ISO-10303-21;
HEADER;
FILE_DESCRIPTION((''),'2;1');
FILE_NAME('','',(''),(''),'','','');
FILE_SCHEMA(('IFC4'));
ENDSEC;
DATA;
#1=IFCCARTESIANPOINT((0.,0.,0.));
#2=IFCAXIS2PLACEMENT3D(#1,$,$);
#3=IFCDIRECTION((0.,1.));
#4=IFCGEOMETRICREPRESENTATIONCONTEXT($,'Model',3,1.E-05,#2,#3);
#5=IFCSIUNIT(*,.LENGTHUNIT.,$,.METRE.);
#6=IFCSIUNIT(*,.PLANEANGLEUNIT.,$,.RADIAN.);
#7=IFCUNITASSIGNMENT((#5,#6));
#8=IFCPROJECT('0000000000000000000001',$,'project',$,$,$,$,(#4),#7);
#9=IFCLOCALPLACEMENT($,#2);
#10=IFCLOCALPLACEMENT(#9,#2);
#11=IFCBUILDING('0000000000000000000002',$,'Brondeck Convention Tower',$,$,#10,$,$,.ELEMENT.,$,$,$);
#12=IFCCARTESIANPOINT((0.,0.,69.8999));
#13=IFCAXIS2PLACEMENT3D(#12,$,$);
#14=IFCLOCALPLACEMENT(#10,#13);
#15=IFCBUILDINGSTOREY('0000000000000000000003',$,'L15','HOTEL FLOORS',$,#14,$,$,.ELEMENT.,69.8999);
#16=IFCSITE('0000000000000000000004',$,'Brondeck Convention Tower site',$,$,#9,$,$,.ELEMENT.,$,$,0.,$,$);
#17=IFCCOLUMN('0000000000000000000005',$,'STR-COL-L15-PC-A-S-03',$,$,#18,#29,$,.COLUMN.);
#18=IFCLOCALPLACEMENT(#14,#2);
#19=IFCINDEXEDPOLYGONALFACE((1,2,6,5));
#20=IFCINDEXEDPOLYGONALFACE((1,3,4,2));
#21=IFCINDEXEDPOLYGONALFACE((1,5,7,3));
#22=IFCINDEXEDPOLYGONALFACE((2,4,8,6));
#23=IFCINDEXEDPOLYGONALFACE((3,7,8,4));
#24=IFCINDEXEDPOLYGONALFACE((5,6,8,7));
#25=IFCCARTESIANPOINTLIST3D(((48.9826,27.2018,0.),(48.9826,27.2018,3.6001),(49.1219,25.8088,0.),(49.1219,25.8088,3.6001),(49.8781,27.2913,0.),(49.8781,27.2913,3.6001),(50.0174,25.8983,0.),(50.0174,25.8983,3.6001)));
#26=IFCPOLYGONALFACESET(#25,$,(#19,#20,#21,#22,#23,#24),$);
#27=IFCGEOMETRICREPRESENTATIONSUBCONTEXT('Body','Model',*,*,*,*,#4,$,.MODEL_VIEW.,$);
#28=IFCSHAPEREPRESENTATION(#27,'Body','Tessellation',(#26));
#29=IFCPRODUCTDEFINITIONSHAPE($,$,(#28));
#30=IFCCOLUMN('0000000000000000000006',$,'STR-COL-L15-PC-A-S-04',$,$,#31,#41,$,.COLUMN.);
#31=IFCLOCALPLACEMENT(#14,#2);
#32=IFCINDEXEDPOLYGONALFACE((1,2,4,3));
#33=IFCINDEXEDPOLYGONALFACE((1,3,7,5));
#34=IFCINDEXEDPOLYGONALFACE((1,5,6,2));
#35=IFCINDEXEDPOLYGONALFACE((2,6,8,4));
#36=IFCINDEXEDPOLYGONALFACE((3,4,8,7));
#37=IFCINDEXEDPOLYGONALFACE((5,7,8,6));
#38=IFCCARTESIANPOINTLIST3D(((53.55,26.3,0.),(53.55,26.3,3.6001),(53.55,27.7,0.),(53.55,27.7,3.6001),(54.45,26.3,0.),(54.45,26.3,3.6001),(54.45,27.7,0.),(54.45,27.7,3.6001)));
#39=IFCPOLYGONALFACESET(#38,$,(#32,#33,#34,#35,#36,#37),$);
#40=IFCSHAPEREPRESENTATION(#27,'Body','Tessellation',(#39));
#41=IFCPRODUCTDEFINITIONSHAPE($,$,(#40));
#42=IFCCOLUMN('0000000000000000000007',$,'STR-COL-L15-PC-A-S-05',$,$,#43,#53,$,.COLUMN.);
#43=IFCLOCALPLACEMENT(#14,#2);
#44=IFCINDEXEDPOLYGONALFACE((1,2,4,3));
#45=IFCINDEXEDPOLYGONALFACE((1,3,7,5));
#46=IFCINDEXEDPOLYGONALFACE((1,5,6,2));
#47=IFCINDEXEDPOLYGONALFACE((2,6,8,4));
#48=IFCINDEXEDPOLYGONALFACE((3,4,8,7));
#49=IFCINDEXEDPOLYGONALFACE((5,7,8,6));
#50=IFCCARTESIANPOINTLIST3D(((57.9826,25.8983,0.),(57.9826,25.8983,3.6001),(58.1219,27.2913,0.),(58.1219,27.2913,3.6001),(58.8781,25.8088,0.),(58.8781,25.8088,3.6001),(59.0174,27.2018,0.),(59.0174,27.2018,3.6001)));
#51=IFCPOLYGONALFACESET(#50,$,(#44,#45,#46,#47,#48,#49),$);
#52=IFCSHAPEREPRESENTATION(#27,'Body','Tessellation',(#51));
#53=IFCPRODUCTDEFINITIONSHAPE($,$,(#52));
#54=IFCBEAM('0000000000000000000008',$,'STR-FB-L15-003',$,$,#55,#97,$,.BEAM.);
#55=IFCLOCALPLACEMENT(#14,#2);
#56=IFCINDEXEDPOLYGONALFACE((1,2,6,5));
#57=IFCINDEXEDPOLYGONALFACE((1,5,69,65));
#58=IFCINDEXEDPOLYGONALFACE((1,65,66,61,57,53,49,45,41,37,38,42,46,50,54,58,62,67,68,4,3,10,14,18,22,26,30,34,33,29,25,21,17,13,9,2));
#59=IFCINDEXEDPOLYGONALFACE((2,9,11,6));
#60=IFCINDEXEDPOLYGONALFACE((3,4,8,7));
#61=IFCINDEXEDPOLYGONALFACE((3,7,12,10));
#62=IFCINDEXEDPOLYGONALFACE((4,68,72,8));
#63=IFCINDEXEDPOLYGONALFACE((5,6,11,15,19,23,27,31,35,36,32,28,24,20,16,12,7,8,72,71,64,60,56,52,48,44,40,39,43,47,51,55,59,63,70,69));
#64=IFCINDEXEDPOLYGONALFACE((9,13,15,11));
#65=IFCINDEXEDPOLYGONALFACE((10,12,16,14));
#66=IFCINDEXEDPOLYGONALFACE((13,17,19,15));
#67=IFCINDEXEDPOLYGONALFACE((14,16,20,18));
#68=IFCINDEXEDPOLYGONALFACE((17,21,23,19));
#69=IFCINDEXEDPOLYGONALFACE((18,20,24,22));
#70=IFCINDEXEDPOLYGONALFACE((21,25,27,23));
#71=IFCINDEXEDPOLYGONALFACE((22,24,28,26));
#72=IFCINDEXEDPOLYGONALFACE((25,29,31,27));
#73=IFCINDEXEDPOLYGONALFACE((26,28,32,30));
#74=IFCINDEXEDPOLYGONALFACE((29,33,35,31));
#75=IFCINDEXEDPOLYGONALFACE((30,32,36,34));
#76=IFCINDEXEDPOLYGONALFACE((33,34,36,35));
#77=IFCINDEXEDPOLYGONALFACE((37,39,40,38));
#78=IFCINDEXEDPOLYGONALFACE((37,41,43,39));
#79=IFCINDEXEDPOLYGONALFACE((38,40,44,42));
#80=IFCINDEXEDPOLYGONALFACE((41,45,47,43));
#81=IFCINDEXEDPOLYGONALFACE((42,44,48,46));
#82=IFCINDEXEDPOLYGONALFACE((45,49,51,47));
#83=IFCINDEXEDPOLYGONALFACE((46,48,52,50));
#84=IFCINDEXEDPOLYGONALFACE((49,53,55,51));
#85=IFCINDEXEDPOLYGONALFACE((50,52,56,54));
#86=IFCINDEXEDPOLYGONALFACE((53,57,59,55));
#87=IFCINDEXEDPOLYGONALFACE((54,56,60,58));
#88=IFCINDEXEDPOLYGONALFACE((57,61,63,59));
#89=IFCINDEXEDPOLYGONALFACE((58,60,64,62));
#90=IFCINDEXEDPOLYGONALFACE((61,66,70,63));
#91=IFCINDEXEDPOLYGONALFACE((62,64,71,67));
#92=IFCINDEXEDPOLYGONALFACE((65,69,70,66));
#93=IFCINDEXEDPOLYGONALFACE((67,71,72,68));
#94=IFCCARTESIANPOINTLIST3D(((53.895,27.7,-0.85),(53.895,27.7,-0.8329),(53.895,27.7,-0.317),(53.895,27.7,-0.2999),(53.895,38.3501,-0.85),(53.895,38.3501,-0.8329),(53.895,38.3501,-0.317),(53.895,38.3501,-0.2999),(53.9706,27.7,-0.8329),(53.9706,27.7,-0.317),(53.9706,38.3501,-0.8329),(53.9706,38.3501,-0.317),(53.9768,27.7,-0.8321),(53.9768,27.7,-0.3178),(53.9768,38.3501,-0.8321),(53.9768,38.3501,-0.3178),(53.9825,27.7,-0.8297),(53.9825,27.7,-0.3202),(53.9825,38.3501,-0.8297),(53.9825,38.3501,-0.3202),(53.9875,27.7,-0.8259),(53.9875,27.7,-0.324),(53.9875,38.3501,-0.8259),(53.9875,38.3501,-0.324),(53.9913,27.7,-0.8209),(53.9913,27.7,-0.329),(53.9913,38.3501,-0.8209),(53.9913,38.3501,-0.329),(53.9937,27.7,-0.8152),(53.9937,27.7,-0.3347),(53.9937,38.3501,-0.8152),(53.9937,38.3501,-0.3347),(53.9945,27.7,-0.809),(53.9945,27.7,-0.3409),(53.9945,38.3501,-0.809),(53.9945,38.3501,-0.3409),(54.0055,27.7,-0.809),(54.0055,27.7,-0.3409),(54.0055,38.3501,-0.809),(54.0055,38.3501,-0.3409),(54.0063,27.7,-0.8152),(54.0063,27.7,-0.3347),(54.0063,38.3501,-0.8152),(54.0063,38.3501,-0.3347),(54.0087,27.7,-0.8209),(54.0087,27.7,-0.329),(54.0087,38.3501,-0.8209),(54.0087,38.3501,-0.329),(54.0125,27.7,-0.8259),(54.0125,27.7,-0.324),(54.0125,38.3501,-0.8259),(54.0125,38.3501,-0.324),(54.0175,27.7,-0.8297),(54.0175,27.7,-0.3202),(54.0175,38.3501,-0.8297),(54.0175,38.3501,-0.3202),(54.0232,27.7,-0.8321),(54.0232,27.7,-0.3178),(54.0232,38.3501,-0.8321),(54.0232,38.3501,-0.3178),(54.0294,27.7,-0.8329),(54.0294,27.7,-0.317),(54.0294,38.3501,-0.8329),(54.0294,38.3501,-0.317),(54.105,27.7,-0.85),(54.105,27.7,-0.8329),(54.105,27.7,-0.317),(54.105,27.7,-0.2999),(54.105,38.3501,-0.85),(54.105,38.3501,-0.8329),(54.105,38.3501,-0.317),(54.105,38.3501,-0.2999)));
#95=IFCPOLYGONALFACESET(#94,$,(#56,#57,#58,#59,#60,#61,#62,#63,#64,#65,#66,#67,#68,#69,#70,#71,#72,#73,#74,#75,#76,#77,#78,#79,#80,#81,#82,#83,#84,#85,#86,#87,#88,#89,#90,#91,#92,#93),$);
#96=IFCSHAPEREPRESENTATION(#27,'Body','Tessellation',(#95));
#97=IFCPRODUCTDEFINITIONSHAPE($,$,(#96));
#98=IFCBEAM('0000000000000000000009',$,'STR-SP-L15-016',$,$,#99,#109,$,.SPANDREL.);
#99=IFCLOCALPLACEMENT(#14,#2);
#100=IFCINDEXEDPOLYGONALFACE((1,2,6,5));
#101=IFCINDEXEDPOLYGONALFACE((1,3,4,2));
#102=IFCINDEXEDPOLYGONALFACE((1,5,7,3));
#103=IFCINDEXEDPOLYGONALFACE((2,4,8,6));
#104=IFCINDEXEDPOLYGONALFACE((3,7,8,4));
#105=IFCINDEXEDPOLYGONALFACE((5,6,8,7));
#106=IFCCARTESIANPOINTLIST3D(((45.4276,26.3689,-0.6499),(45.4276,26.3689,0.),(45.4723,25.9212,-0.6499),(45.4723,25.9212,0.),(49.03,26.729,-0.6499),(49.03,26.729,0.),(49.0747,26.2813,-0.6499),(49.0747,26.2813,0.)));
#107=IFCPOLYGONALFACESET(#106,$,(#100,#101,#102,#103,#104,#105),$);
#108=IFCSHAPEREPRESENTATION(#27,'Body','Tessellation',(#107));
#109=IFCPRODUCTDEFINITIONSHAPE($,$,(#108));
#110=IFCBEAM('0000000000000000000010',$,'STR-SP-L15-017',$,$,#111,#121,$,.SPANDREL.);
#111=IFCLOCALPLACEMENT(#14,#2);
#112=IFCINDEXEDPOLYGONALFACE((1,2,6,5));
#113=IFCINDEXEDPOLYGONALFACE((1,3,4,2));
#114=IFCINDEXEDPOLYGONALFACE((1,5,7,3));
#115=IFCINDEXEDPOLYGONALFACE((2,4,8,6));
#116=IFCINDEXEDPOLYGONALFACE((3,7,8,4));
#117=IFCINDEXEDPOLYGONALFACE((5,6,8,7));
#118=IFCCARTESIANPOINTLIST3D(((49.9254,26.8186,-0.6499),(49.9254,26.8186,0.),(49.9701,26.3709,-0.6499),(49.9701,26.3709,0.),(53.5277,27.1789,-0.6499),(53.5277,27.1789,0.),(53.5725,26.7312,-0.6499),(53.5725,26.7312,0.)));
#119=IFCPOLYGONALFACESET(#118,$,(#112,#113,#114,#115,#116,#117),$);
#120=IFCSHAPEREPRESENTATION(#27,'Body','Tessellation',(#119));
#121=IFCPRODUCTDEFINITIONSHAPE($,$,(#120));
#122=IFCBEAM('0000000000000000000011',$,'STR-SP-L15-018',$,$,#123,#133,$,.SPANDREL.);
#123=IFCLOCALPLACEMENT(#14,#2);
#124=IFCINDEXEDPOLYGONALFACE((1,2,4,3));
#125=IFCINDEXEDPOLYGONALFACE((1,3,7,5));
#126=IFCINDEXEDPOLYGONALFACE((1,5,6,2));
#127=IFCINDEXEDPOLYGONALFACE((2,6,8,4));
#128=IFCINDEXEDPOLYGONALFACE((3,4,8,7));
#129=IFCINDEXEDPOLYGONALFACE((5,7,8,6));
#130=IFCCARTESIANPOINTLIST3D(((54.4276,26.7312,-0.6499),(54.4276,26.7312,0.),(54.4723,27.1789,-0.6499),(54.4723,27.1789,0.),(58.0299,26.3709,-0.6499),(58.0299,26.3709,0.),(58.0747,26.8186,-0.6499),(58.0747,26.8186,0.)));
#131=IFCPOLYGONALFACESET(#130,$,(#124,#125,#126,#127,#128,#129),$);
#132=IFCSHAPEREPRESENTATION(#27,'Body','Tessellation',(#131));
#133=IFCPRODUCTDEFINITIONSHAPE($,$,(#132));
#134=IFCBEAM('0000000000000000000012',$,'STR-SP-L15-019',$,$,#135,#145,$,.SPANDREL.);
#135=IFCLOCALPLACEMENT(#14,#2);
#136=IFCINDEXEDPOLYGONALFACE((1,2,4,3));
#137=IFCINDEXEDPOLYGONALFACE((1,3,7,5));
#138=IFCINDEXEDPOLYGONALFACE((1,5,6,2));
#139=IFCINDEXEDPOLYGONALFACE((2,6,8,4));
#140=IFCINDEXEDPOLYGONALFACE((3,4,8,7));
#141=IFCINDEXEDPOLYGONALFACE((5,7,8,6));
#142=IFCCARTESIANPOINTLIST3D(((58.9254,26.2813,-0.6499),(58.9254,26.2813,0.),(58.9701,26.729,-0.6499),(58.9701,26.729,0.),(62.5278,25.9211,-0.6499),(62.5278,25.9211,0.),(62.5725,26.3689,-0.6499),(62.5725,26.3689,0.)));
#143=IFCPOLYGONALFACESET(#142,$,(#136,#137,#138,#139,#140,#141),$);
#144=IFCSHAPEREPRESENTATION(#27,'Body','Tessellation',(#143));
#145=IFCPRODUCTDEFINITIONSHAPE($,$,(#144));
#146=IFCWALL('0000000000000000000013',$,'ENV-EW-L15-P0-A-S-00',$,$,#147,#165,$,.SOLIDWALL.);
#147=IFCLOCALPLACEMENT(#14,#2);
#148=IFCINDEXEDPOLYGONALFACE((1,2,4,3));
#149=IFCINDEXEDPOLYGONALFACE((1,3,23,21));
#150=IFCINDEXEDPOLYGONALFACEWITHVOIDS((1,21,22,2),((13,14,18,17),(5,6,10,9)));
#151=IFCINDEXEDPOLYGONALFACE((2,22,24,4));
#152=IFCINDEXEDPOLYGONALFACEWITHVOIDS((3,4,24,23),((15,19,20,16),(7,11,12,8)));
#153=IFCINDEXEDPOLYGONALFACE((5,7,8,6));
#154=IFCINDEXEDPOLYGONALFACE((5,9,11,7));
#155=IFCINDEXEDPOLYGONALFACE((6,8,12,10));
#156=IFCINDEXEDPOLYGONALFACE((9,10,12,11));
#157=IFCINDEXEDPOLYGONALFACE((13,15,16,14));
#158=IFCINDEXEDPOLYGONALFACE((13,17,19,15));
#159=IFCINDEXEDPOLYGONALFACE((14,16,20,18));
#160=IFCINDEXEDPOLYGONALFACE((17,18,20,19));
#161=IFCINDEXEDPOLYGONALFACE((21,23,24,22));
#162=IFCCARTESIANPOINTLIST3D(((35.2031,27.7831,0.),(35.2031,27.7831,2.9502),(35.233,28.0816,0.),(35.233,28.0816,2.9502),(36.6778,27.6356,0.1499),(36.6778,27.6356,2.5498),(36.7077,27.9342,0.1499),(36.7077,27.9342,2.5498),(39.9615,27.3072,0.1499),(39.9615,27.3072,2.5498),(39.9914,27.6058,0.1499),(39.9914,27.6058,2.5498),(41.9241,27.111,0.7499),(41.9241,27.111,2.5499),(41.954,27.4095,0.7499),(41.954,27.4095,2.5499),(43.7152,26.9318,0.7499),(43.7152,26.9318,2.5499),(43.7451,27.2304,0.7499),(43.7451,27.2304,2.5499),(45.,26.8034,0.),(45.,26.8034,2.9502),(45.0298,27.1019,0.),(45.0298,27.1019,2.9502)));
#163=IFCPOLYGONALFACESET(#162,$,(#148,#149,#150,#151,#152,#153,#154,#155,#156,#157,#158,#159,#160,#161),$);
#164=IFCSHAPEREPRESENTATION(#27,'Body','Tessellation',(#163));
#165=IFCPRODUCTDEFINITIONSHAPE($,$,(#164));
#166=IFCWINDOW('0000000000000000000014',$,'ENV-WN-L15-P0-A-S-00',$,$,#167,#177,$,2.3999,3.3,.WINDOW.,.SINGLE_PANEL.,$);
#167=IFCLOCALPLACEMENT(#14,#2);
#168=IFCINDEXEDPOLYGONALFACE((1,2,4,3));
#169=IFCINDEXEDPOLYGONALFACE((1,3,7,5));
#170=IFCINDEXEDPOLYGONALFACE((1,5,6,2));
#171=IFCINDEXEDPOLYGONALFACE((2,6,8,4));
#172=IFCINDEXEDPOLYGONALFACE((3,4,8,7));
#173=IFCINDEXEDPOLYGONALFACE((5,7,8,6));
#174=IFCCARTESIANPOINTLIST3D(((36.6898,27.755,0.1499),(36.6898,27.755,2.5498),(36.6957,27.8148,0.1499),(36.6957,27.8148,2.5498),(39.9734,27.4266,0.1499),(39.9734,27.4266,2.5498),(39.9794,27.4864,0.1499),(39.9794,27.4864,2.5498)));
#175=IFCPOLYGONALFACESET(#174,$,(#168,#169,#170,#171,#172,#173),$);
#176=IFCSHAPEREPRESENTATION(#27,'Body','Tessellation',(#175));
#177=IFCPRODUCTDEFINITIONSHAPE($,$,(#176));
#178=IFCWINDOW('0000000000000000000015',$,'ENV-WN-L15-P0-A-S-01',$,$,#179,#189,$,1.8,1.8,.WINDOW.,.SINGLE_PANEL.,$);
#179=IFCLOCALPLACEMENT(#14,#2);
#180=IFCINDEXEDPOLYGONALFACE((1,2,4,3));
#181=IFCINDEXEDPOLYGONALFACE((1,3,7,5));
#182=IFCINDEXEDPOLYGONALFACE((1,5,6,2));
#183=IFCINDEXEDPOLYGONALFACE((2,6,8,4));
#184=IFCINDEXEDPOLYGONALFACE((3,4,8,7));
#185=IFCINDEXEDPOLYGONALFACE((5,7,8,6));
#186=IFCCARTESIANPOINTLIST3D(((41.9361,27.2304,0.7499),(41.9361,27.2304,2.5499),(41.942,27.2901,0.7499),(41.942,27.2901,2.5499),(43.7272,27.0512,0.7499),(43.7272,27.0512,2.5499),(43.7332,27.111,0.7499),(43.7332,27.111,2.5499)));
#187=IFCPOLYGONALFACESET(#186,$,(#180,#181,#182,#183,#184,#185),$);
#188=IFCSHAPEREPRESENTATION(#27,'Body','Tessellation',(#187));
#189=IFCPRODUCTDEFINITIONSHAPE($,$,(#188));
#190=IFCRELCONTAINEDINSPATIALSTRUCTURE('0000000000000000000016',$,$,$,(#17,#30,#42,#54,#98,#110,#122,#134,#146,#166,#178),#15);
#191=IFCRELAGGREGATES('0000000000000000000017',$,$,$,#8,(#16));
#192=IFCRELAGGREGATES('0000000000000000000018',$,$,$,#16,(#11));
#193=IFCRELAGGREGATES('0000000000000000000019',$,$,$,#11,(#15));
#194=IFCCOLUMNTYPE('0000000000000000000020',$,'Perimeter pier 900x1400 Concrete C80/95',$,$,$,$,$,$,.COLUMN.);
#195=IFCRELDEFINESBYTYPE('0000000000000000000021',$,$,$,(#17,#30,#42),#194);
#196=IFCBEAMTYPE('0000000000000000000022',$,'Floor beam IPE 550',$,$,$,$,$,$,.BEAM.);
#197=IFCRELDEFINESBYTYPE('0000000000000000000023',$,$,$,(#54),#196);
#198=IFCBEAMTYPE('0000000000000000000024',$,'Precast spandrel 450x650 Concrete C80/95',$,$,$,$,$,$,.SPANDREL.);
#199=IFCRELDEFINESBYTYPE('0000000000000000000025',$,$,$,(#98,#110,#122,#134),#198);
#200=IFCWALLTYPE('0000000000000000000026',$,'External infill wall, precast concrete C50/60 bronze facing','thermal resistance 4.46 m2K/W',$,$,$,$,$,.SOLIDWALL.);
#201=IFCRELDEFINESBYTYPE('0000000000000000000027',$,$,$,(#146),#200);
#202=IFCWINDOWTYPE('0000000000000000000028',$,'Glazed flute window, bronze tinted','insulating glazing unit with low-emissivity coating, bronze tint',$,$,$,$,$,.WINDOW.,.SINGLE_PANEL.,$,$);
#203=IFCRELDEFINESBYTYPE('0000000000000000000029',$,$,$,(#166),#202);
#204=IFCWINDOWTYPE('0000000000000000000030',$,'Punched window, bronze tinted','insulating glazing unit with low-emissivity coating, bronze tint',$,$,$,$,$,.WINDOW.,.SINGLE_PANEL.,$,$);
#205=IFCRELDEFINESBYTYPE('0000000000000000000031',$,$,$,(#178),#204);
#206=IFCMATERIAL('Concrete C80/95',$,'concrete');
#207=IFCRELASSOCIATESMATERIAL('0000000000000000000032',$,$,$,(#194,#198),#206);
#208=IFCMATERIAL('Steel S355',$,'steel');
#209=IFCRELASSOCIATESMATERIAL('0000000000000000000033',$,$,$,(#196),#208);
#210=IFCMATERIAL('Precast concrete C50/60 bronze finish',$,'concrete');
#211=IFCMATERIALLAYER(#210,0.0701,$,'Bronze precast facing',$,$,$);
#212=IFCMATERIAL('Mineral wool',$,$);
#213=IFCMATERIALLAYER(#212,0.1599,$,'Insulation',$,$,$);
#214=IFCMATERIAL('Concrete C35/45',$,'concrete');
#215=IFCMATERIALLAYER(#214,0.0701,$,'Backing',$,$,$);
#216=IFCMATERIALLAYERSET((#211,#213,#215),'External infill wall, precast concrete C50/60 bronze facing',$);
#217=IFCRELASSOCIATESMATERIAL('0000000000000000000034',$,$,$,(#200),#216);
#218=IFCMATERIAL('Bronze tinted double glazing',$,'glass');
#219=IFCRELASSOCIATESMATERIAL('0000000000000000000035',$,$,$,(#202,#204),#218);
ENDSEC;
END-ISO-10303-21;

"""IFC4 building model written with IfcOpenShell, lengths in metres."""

from ifc_helpers import new_model, si_unit, direction, frame, frame_2d, origin, origin_2d, place, context, subcontext, project, spatial, rectangle, i_section, extrude, material, layer, layer_set, material_profile, profile_set, type_object, element, fill, save


model = new_model("IFC4")

# Units and contexts
model_context = context("Model", 3, precision=1e-05, world=origin(), true_north=direction((0.0, 1.0)))
body_context = subcontext(model_context, "Body", "Model", "MODEL_VIEW")
ifc_project = project(units=[si_unit("LENGTHUNIT", "METRE"), si_unit("PLANEANGLEUNIT", "RADIAN")], contexts=[model_context])

# Site, building, storey
site_placement = place(None, origin())
site = spatial("IfcSite", under=ifc_project, at=site_placement, Name="Brondeck Convention Tower site", CompositionType="ELEMENT", RefElevation=0.0)
building_placement = place(site_placement, origin())
building = spatial("IfcBuilding", under=site, at=building_placement, Name="Brondeck Convention Tower", CompositionType="ELEMENT")
storey_placement = place(building_placement, frame((0.0, 0.0, 69.8999)))
storey = spatial("IfcBuildingStorey", under=building, at=storey_placement, Name="L15", Description="HOTEL FLOORS", CompositionType="ELEMENT", Elevation=69.8999)

# Columns
ifc_material_1 = material(Name="Concrete C80/95", Category="concrete")
ifc_material_profile_1 = material_profile(ifc_material_1, rectangle(XDim=0.8999, YDim=1.3999, at=origin_2d()), Name="Perimeter pier 900x1400 Concrete C80/95")
ifc_profile_set_1 = profile_set([ifc_material_profile_1], Name="Concrete C80/95")
column_type = type_object("IfcColumnType", Name="Perimeter pier 900x1400 Concrete C80/95", PredefinedType="COLUMN", material=ifc_profile_set_1)
for number, where, z_axis, x_axis, name in (
    (1, (49.5, 26.55, 0.0), (0.0, 0.0, 1.0), (0.995037, 0.099504, 0.0), "STR-COL-L15-PC-A-S-03"),
    (2, (54.0, 27.0, 0.0), (0.0, 0.0, 1.0), (1.0, 0.0, 0.0), "STR-COL-L15-PC-A-S-04"),
    (3, (58.5, 26.55, 0.0), (0.0, 0.0, 1.0), (0.995037, -0.099504, 0.0), "STR-COL-L15-PC-A-S-05"),
):
    element("IfcColumn", number, at=place(storey_placement, frame(where, z_axis=z_axis, x_axis=x_axis)), inside=storey, type_object=column_type, Name=name, PredefinedType="COLUMN", context=body_context, shape_type="SweptSolid", body=[
        extrude(rectangle(XDim=0.8999, YDim=1.3999, at=origin_2d()), origin(), (0.0, 0.0, 1.0), 3.6001),
    ])

# Beams
ifc_material_2 = material(Name="Steel S355", Category="steel")
ifc_material_profile_2 = material_profile(ifc_material_2, i_section(OverallWidth=0.21, OverallDepth=0.55, WebThickness=0.011, FlangeThickness=0.0171, FilletRadius=0.0239, at=origin_2d()), Name="IPE 550")
ifc_profile_set_2 = profile_set([ifc_material_profile_2], Name="Steel S355")
beam_type_1 = type_object("IfcBeamType", Name="Floor beam IPE 550", PredefinedType="BEAM", material=ifc_profile_set_2)
beam_placement = place(storey_placement, frame((54.0, 27.7, -0.575), z_axis=(0.0, 1.0, 0.0), x_axis=(-1.0, 0.0, 0.0)))
element("IfcBeam", 4, at=beam_placement, inside=storey, type_object=beam_type_1, Name="STR-FB-L15-003", PredefinedType="BEAM", context=body_context, shape_type="SweptSolid", body=[
    extrude(i_section(OverallWidth=0.21, OverallDepth=0.55, WebThickness=0.011, FlangeThickness=0.0171, FilletRadius=0.0239, at=origin_2d()), origin(), (0.0, 0.0, 1.0), 10.6501),
])
ifc_material_profile_3 = material_profile(ifc_material_1, rectangle(XDim=0.45, YDim=0.6499, at=origin_2d()), Name="Precast spandrel 450x650 Concrete C80/95")
ifc_profile_set_3 = profile_set([ifc_material_profile_3], Name="Concrete C80/95")
beam_type_2 = type_object("IfcBeamType", Name="Precast spandrel 450x650 Concrete C80/95", PredefinedType="SPANDREL", material=ifc_profile_set_3)
for number, where, z_axis, x_axis, name in (
    (5, (45.45, 26.145, -0.325), (0.995041, 0.09947, 0.0), (-0.09947, 0.995041, 0.0), "STR-SP-L15-016"),
    (6, (49.9478, 26.5947, -0.325), (0.995034, 0.099537, 0.0), (-0.099537, 0.995034, 0.0), "STR-SP-L15-017"),
    (7, (54.45, 26.9551, -0.325), (0.995034, -0.099537, 0.0), (0.099537, 0.995034, 0.0), "STR-SP-L15-018"),
    (8, (58.9478, 26.5051, -0.325), (0.995041, -0.09947, 0.0), (0.09947, 0.995041, 0.0), "STR-SP-L15-019"),
):
    element("IfcBeam", number, at=place(storey_placement, frame(where, z_axis=z_axis, x_axis=x_axis)), inside=storey, type_object=beam_type_2, Name=name, PredefinedType="SPANDREL", context=body_context, shape_type="SweptSolid", body=[
        extrude(rectangle(XDim=0.45, YDim=0.6499, at=origin_2d()), origin(), (0.0, 0.0, 1.0), 3.6204),
    ])

# Wall, openings, windows
ifc_material_3 = material(Name="Precast concrete C50/60 bronze finish", Category="concrete")
ifc_layer_1 = layer(ifc_material_3, 0.0701, Name="Bronze precast facing")
ifc_material_4 = material(Name="Mineral wool")
ifc_layer_2 = layer(ifc_material_4, 0.1599, Name="Insulation")
ifc_material_5 = material(Name="Concrete C35/45", Category="concrete")
ifc_layer_3 = layer(ifc_material_5, 0.0701, Name="Backing")
ifc_layer_set_1 = layer_set([ifc_layer_1, ifc_layer_2, ifc_layer_3], Name="External infill wall, precast concrete C50/60 bronze facing")
wall_type_1 = type_object("IfcWallType", Name="External infill wall, precast concrete C50/60 bronze facing", Description="thermal resistance 4.46 m2K/W", PredefinedType="SOLIDWALL", material=ifc_layer_set_1)
wall_1_placement = place(storey_placement, frame((45.0149, 26.9526, 0.0), z_axis=(0.0, 0.0, 1.0), x_axis=(-0.995037, 0.099509, 0.0)))
wall_1 = element("IfcWall", 9, at=wall_1_placement, inside=storey, type_object=wall_type_1, Name="ENV-EW-L15-P0-A-S-00", PredefinedType="SOLIDWALL", context=body_context, shape_type="SweptSolid", body=[
    extrude(rectangle(XDim=9.8457, YDim=0.3, at=frame_2d((4.9229, 0.0))), origin(), (0.0, 0.0, 1.0), 2.9502),
])
opening_1_placement = place(wall_1_placement, frame((1.2913, 0.0, 0.75)))
opening_1 = element("IfcOpeningElement", 10, at=opening_1_placement, cuts=wall_1, PredefinedType="OPENING", context=body_context, shape_type="SweptSolid", body=[
    extrude(rectangle(XDim=1.8, YDim=1.8, at=frame_2d((0.8999, 0.8999))), frame((0.0, 0.1599, 0.0), z_axis=(0.0, -1.0, 0.0), x_axis=(1.0, 0.0, 0.0)), (0.0, 0.0, 1.0), 0.3201),
])
opening_2_placement = place(wall_1_placement, frame((5.0637, 0.0, 0.1499)))
opening_2 = element("IfcOpeningElement", 11, at=opening_2_placement, cuts=wall_1, PredefinedType="OPENING", context=body_context, shape_type="SweptSolid", body=[
    extrude(rectangle(XDim=3.3, YDim=2.3999, at=frame_2d((1.6499, 1.2))), frame((0.0, 0.1599, 0.0), z_axis=(0.0, -1.0, 0.0), x_axis=(1.0, 0.0, 0.0)), (0.0, 0.0, 1.0), 0.3201),
])
ifc_material_6 = material(Name="Bronze tinted double glazing", Category="glass")
window_type_1 = type_object("IfcWindowType", Name="Glazed flute window, bronze tinted", Description="insulating glazing unit with low-emissivity coating, bronze tint", PartitioningType="SINGLE_PANEL", PredefinedType="WINDOW", material=ifc_material_6)
window_1_placement = place(opening_2_placement, origin())
window_1 = element("IfcWindow", 12, at=window_1_placement, inside=storey, type_object=window_type_1, Name="ENV-WN-L15-P0-A-S-00", OverallHeight=2.3999, OverallWidth=3.3, PartitioningType="SINGLE_PANEL", PredefinedType="WINDOW", context=body_context, shape_type="SweptSolid", body=[
    extrude(rectangle(XDim=3.3, YDim=2.3999, at=frame_2d((1.6499, 1.2))), frame((0.0, 0.03, 0.0), z_axis=(0.0, -1.0, 0.0), x_axis=(1.0, 0.0, 0.0)), (0.0, 0.0, 1.0), 0.0601),
])
fill(opening_2, window_1)
window_type_2 = type_object("IfcWindowType", Name="Punched window, bronze tinted", Description="insulating glazing unit with low-emissivity coating, bronze tint", PartitioningType="SINGLE_PANEL", PredefinedType="WINDOW", material=ifc_material_6)
window_2_placement = place(opening_1_placement, origin())
window_2 = element("IfcWindow", 13, at=window_2_placement, inside=storey, type_object=window_type_2, Name="ENV-WN-L15-P0-A-S-01", OverallHeight=1.8, OverallWidth=1.8, PartitioningType="SINGLE_PANEL", PredefinedType="WINDOW", context=body_context, shape_type="SweptSolid", body=[
    extrude(rectangle(XDim=1.8, YDim=1.8, at=frame_2d((0.8999, 0.8999))), frame((0.0, 0.03, 0.0), z_axis=(0.0, -1.0, 0.0), x_axis=(1.0, 0.0, 0.0)), (0.0, 0.0, 1.0), 0.0601),
])
fill(opening_1, window_2)

save(model, "model.ifc")
